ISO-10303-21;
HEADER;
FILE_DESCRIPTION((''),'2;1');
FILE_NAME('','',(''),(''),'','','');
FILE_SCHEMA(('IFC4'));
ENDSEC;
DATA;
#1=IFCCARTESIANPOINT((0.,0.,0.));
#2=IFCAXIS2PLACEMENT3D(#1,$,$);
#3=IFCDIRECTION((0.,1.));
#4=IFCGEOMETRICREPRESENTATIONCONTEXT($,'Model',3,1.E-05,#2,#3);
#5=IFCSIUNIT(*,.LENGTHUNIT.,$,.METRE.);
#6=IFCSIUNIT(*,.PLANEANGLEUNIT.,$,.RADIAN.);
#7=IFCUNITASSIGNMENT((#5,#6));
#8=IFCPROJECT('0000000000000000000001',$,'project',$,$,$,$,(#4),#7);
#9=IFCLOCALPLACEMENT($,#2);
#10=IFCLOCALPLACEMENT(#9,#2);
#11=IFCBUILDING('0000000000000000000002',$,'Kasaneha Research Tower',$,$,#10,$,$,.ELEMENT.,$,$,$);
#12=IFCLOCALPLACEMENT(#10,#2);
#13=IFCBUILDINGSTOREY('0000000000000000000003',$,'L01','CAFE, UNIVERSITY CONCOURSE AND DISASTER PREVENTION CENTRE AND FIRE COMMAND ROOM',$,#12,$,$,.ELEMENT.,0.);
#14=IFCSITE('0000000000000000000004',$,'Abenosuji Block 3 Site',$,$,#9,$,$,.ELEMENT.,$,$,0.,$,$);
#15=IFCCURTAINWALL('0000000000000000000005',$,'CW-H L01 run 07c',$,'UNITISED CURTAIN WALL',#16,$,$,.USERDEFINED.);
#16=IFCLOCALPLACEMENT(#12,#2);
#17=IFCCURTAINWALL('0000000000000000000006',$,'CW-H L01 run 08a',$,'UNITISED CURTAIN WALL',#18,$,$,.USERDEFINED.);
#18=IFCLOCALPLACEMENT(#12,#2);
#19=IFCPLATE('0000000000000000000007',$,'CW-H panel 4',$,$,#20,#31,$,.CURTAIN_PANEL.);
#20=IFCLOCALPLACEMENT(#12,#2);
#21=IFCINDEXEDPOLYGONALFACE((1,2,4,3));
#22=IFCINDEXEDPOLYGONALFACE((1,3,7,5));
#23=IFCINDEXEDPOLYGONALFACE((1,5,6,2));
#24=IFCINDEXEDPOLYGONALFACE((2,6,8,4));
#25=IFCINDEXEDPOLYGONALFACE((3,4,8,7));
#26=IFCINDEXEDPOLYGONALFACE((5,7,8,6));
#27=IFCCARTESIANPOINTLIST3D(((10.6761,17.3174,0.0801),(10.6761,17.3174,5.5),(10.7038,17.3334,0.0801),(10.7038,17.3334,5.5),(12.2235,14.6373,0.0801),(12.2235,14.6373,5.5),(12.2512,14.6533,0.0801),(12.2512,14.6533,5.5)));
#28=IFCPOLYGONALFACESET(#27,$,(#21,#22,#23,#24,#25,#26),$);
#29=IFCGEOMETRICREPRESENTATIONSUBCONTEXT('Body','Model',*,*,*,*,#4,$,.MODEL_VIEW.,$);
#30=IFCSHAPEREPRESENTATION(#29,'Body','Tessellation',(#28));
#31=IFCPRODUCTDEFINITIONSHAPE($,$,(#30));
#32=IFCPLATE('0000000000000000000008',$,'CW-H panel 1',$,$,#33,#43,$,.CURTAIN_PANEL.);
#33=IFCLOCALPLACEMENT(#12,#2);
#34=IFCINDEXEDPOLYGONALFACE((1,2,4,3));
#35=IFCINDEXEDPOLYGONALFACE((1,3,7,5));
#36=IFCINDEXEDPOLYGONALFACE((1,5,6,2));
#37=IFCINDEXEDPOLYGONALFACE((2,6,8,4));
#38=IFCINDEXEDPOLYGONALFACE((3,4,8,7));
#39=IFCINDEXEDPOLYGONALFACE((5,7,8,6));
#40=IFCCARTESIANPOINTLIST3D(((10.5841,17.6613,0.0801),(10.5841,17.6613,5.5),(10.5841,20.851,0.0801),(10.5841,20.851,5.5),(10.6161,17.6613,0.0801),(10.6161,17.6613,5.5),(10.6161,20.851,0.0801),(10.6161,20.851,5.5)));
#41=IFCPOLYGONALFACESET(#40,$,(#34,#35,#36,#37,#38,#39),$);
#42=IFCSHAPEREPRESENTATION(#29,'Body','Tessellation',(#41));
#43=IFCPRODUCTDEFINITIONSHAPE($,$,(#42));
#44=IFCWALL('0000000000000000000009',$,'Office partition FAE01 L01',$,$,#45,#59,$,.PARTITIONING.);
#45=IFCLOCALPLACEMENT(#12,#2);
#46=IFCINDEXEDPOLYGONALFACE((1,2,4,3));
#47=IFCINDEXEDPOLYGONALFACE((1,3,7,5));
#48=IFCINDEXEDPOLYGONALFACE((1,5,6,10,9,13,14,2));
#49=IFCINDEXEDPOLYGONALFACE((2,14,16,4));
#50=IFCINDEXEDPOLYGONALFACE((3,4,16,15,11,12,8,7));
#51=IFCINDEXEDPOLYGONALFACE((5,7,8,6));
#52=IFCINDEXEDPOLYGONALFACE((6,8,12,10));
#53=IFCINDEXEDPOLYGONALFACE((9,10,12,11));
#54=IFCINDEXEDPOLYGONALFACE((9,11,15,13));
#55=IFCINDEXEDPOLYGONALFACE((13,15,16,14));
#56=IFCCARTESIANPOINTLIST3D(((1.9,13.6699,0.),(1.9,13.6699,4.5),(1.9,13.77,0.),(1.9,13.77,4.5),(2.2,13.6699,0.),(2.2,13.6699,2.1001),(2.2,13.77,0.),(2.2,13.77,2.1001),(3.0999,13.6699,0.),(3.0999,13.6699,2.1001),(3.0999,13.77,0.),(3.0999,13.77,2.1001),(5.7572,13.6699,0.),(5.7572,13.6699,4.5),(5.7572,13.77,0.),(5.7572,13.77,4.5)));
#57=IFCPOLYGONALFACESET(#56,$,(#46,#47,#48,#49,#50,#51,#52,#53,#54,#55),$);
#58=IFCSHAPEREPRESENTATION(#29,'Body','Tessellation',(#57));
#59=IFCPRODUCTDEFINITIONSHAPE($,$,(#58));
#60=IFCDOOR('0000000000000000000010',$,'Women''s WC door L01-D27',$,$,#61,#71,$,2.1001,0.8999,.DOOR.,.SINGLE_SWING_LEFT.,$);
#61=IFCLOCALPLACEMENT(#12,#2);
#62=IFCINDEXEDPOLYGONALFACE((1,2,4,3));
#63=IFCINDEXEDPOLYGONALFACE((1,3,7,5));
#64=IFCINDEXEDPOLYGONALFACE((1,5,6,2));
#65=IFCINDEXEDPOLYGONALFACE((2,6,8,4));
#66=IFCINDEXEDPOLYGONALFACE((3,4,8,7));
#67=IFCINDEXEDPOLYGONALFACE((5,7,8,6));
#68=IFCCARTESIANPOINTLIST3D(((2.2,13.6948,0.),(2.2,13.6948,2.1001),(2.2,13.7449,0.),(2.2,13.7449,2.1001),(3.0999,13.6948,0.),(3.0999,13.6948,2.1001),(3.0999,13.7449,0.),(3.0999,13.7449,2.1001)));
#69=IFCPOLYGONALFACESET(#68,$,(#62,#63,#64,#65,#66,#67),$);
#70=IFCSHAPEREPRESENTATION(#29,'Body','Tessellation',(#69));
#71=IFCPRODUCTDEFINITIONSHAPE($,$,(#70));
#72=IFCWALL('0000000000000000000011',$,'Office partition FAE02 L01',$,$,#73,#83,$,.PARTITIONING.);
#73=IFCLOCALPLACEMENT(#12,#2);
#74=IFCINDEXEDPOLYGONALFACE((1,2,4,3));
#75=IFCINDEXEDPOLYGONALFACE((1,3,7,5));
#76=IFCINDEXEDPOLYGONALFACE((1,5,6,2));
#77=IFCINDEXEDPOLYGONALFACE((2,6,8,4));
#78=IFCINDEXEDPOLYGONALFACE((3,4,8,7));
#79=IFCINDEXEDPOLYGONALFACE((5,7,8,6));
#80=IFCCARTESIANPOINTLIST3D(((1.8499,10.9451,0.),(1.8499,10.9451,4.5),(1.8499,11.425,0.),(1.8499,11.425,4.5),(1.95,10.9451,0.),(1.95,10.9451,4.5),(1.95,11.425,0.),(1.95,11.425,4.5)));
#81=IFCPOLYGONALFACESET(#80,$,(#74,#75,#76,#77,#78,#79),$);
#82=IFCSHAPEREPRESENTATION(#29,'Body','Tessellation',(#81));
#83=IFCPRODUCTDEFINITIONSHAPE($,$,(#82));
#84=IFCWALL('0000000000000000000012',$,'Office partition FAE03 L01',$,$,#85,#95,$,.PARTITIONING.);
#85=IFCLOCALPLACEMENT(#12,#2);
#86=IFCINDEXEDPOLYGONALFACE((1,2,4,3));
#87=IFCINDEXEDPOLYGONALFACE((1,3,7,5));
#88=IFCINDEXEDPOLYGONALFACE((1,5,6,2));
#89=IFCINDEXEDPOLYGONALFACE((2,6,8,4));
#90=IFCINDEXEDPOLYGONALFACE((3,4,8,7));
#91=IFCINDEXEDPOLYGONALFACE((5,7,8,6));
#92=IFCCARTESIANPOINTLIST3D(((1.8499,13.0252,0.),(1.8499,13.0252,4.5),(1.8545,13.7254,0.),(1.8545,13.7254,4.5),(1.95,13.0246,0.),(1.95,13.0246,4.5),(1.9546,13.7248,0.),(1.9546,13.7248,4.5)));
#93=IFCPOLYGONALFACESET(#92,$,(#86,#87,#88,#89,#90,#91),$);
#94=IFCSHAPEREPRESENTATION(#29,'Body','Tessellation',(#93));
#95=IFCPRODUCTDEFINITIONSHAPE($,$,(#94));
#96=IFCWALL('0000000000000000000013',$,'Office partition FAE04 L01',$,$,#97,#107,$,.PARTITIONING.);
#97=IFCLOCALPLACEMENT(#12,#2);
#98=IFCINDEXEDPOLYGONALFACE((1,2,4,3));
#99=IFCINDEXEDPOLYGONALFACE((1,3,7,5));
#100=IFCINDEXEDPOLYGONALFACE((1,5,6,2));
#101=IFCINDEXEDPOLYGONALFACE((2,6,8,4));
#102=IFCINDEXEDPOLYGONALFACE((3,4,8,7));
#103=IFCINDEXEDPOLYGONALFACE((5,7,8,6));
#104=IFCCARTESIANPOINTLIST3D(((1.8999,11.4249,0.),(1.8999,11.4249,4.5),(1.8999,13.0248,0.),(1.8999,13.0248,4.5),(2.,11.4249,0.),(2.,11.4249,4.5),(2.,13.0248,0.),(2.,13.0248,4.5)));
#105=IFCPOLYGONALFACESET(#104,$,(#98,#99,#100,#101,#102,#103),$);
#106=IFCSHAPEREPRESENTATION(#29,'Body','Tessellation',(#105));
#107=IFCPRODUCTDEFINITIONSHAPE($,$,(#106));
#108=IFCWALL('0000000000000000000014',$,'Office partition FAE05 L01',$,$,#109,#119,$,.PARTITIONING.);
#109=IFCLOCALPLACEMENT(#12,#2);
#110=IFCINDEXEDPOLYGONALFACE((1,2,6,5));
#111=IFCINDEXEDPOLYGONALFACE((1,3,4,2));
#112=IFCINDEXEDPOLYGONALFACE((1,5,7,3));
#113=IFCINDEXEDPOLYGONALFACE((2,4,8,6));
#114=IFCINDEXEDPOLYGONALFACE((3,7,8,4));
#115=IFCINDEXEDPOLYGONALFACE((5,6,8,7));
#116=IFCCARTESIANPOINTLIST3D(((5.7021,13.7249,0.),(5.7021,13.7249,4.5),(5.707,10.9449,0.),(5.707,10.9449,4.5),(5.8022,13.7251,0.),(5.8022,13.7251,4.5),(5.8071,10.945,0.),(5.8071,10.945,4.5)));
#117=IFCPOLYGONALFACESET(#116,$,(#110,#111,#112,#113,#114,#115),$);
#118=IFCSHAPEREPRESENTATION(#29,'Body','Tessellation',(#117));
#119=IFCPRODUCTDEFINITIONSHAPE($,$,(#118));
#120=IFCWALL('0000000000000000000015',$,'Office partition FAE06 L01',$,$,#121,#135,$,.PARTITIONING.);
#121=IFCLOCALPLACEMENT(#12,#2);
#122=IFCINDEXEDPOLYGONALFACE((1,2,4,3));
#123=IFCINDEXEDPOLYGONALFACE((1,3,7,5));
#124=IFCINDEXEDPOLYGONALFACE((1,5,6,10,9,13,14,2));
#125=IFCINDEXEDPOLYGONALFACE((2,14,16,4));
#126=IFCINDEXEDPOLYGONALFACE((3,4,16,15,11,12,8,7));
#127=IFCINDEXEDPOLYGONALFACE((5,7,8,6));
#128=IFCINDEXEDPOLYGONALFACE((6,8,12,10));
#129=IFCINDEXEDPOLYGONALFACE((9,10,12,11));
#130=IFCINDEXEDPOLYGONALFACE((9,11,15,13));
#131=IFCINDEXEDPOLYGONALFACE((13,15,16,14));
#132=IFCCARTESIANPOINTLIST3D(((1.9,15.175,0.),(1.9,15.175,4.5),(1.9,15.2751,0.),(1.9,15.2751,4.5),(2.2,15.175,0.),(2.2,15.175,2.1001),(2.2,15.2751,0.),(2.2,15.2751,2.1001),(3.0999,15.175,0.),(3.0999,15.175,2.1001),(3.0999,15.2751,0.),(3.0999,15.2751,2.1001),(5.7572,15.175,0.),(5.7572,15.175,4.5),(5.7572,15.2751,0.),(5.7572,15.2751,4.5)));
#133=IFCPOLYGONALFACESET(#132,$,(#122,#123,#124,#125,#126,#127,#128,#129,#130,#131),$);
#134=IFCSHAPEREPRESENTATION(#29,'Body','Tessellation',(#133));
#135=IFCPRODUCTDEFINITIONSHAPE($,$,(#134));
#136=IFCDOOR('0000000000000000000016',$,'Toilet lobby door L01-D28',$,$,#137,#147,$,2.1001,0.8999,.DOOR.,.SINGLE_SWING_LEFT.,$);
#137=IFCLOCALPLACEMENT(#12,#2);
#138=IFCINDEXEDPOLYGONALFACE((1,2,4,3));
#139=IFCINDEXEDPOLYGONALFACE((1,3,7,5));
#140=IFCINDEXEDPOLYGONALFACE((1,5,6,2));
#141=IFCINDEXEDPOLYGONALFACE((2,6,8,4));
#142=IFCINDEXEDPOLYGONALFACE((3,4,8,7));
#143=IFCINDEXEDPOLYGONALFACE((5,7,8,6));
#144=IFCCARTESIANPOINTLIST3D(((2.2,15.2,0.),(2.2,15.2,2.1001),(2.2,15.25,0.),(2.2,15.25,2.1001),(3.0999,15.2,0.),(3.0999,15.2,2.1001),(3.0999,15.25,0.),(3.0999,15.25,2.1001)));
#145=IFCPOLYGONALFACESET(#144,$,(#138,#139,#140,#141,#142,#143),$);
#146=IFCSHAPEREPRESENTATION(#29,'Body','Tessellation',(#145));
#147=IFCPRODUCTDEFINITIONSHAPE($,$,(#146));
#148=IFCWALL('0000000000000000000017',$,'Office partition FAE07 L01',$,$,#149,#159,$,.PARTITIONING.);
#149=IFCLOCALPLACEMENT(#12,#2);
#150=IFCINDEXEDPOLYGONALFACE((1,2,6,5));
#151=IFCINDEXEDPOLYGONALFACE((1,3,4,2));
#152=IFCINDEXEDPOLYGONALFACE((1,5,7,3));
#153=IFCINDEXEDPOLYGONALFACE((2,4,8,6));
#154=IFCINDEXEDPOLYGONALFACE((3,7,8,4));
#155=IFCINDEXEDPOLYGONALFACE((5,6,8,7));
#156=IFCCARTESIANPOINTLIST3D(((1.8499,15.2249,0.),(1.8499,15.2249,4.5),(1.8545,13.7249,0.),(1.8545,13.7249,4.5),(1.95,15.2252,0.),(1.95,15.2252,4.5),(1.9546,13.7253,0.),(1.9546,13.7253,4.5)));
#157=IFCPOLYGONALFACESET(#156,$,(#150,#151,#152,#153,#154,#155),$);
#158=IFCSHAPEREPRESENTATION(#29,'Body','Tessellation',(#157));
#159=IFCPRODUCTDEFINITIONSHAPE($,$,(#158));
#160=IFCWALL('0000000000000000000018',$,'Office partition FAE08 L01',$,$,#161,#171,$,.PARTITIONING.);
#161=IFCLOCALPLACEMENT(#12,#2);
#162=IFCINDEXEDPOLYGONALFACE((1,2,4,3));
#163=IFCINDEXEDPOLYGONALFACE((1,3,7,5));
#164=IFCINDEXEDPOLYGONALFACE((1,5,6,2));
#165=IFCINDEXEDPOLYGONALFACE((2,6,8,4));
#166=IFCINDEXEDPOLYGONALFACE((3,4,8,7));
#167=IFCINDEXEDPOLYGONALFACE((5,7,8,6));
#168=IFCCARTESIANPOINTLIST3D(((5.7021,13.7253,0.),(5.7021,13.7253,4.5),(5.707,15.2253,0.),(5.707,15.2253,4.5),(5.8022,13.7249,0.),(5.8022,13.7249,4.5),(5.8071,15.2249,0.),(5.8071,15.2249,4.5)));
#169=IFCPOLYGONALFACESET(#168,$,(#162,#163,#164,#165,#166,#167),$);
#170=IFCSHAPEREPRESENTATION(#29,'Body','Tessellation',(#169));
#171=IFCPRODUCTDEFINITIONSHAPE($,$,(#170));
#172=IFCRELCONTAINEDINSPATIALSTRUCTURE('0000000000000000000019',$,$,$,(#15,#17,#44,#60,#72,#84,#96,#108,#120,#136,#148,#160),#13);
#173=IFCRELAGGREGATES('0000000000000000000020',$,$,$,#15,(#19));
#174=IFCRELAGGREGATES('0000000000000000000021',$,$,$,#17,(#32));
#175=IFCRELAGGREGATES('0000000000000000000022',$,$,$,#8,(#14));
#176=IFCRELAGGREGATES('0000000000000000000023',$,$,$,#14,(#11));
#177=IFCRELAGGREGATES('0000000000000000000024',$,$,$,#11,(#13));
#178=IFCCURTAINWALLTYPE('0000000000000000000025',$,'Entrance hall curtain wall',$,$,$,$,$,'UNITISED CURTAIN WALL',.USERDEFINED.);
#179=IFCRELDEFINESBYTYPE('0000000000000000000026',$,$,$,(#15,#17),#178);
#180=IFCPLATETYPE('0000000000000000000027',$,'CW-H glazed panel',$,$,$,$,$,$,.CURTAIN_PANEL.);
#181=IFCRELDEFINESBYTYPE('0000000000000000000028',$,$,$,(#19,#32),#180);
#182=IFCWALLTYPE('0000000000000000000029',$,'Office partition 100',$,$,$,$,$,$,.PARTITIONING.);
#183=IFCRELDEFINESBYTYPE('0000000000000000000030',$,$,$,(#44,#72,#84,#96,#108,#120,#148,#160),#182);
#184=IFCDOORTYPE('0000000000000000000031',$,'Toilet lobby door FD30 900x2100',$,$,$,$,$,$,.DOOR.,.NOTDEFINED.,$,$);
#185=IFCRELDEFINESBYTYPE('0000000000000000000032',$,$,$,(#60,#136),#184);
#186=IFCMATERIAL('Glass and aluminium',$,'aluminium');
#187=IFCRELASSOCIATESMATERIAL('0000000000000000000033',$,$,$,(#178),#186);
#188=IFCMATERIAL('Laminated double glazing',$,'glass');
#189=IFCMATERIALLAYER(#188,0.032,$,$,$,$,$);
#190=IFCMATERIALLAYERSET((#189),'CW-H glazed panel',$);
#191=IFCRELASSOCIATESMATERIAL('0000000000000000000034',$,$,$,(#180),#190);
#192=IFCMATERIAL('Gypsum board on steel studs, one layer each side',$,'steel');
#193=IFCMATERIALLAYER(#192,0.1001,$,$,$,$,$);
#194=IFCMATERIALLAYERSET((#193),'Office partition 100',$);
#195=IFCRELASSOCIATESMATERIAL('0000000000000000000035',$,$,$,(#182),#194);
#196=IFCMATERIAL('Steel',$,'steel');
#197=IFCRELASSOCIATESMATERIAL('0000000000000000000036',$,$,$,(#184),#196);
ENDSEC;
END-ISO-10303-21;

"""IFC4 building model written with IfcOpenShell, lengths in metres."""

from ifc_helpers import new_model, si_unit, direction, frame, frame_2d, origin, origin_2d, place, context, subcontext, project, spatial, rectangle, extrude, material, layer, layer_set, type_object, element, fill, aggregate, save


model = new_model("IFC4")

# Units and contexts
model_context = context("Model", 3, precision=1e-05, world=origin(), true_north=direction((0.0, 1.0)))
body_context = subcontext(model_context, "Body", "Model", "MODEL_VIEW")
ifc_project = project(units=[si_unit("LENGTHUNIT", "METRE"), si_unit("PLANEANGLEUNIT", "RADIAN")], contexts=[model_context])

# Site, building, storey
site_placement = place(None, origin())
site = spatial("IfcSite", under=ifc_project, at=site_placement, Name="Abenosuji Block 3 Site", CompositionType="ELEMENT", RefElevation=0.0)
building_placement = place(site_placement, origin())
building = spatial("IfcBuilding", under=site, at=building_placement, Name="Kasaneha Research Tower", CompositionType="ELEMENT")
storey_placement = place(building_placement, origin())
storey = spatial("IfcBuildingStorey", under=building, at=storey_placement, Name="L01", Description="CAFE, UNIVERSITY CONCOURSE AND DISASTER PREVENTION CENTRE AND FIRE COMMAND ROOM", CompositionType="ELEMENT", Elevation=0.0)

# Curtain wall
ifc_material_1 = material(Name="Glass and aluminium", Category="aluminium")
curtain_wall_type = type_object("IfcCurtainWallType", Name="Entrance hall curtain wall", ElementType="UNITISED CURTAIN WALL", PredefinedType="USERDEFINED", material=ifc_material_1)
curtain_wall_1_placement = place(storey_placement, origin())
curtain_wall_1 = element("IfcCurtainWall", 1, at=curtain_wall_1_placement, inside=storey, type_object=curtain_wall_type, Name="CW-H L01 run 07c", ObjectType="UNITISED CURTAIN WALL", PredefinedType="USERDEFINED")

# Curtain wall
curtain_wall_2_placement = place(storey_placement, origin())
curtain_wall_2 = element("IfcCurtainWall", 2, at=curtain_wall_2_placement, inside=storey, type_object=curtain_wall_type, Name="CW-H L01 run 08a", ObjectType="UNITISED CURTAIN WALL", PredefinedType="USERDEFINED")

# Plates
ifc_material_2 = material(Name="Laminated double glazing", Category="glass")
ifc_layer_1 = layer(ifc_material_2, 0.032)
ifc_layer_set_1 = layer_set([ifc_layer_1], Name="CW-H glazed panel")
plate_type = type_object("IfcPlateType", Name="CW-H glazed panel", PredefinedType="CURTAIN_PANEL", material=ifc_layer_set_1)
plate_1_placement = place(storey_placement, frame((11.4636, 15.9854, 0.0801), z_axis=(0.0, 0.0, 1.0), x_axis=(-0.5, 0.866025, 0.0)))
plate_1 = element("IfcPlate", 3, at=plate_1_placement, type_object=plate_type, Name="CW-H panel 4", PredefinedType="CURTAIN_PANEL", context=body_context, shape_type="SweptSolid", body=[
    extrude(rectangle(XDim=3.0947, YDim=0.032, at=origin_2d()), origin(), (0.0, 0.0, 1.0), 5.4199),
])
aggregate(curtain_wall_1, [plate_1])
plate_2_placement = place(storey_placement, frame((10.6001, 19.2561, 0.0801), z_axis=(0.0, 0.0, 1.0), x_axis=(0.0, 1.0, 0.0)))
plate_2 = element("IfcPlate", 4, at=plate_2_placement, type_object=plate_type, Name="CW-H panel 1", PredefinedType="CURTAIN_PANEL", context=body_context, shape_type="SweptSolid", body=[
    extrude(rectangle(XDim=3.1897, YDim=0.032, at=origin_2d()), origin(), (0.0, 0.0, 1.0), 5.4199),
])
aggregate(curtain_wall_2, [plate_2])

# Wall, opening, door
ifc_material_3 = material(Name="Gypsum board on steel studs, one layer each side", Category="steel")
ifc_layer_2 = layer(ifc_material_3, 0.1001)
ifc_layer_set_2 = layer_set([ifc_layer_2], Name="Office partition 100")
wall_type = type_object("IfcWallType", Name="Office partition 100", PredefinedType="PARTITIONING", material=ifc_layer_set_2)
wall_1_placement = place(storey_placement, frame((1.8999, 13.72, 0.0), z_axis=(0.0, 0.0, 1.0), x_axis=(1.0, 0.0, 0.0)))
wall_1 = element("IfcWall", 5, at=wall_1_placement, inside=storey, type_object=wall_type, Name="Office partition FAE01 L01", PredefinedType="PARTITIONING", context=body_context, shape_type="SweptSolid", body=[
    extrude(rectangle(XDim=3.8572, YDim=0.1001, at=frame_2d((1.9287, 0.0))), origin(), (0.0, 0.0, 1.0), 4.5),
])
opening_1_placement = place(wall_1_placement, frame((0.3, 0.0, 0.0)))
opening_1 = element("IfcOpeningElement", 6, at=opening_1_placement, cuts=wall_1, PredefinedType="OPENING", context=body_context, shape_type="SweptSolid", body=[
    extrude(rectangle(XDim=0.8999, YDim=2.1001, at=frame_2d((0.45, 1.05))), frame((0.0, 0.0601, 0.0), z_axis=(0.0, -1.0, 0.0), x_axis=(1.0, 0.0, 0.0)), (0.0, 0.0, 1.0), 0.1201),
])
ifc_material_4 = material(Name="Steel", Category="steel")
door_type = type_object("IfcDoorType", Name="Toilet lobby door FD30 900x2100", OperationType="NOTDEFINED", PredefinedType="DOOR", material=ifc_material_4)
door_1_placement = place(opening_1_placement, origin())
door_1 = element("IfcDoor", 7, at=door_1_placement, inside=storey, type_object=door_type, Name="Women's WC door L01-D27", OperationType="SINGLE_SWING_LEFT", OverallHeight=2.1001, OverallWidth=0.8999, PredefinedType="DOOR", context=body_context, shape_type="SweptSolid", body=[
    extrude(rectangle(XDim=0.8999, YDim=2.1001, at=frame_2d((0.45, 1.05))), frame((0.0, 0.0249, 0.0), z_axis=(0.0, -1.0, 0.0), x_axis=(1.0, 0.0, 0.0)), (0.0, 0.0, 1.0), 0.05),
])
fill(opening_1, door_1)

# Walls
wall_2_placement = place(storey_placement, frame((1.8999, 10.9451, 0.0), z_axis=(0.0, 0.0, 1.0), x_axis=(0.0, 1.0, 0.0)))
element("IfcWall", 8, at=wall_2_placement, inside=storey, type_object=wall_type, Name="Office partition FAE02 L01", PredefinedType="PARTITIONING", context=body_context, shape_type="SweptSolid", body=[
    extrude(rectangle(XDim=0.48, YDim=0.1001, at=frame_2d((0.24, 0.0))), origin(), (0.0, 0.0, 1.0), 4.5),
])
wall_3_placement = place(storey_placement, frame((1.8999, 13.0249, 0.0), z_axis=(0.0, 0.0, 1.0), x_axis=(0.006625, 0.999978, 0.0)))
element("IfcWall", 9, at=wall_3_placement, inside=storey, type_object=wall_type, Name="Office partition FAE03 L01", PredefinedType="PARTITIONING", context=body_context, shape_type="SweptSolid", body=[
    extrude(rectangle(XDim=0.7002, YDim=0.1001, at=frame_2d((0.3501, 0.0))), origin(), (0.0, 0.0, 1.0), 4.5),
])
wall_4_placement = place(storey_placement, frame((1.95, 11.425, 0.0), z_axis=(0.0, 0.0, 1.0), x_axis=(0.0, 1.0, 0.0)))
element("IfcWall", 10, at=wall_4_placement, inside=storey, type_object=wall_type, Name="Office partition FAE04 L01", PredefinedType="PARTITIONING", context=body_context, shape_type="SweptSolid", body=[
    extrude(rectangle(XDim=1.5999, YDim=0.1001, at=frame_2d((0.7998, 0.0))), origin(), (0.0, 0.0, 1.0), 4.5),
])
wall_5_placement = place(storey_placement, frame((5.7522, 13.7251, 0.0), z_axis=(0.0, 0.0, 1.0), x_axis=(0.001756, -0.999998, 0.0)))
element("IfcWall", 11, at=wall_5_placement, inside=storey, type_object=wall_type, Name="Office partition FAE05 L01", PredefinedType="PARTITIONING", context=body_context, shape_type="SweptSolid", body=[
    extrude(rectangle(XDim=2.78, YDim=0.1001, at=frame_2d((1.3901, 0.0))), origin(), (0.0, 0.0, 1.0), 4.5),
])

# Wall, opening, door
wall_6_placement = place(storey_placement, frame((1.8999, 15.2251, 0.0), z_axis=(0.0, 0.0, 1.0), x_axis=(1.0, 0.0, 0.0)))
wall_6 = element("IfcWall", 12, at=wall_6_placement, inside=storey, type_object=wall_type, Name="Office partition FAE06 L01", PredefinedType="PARTITIONING", context=body_context, shape_type="SweptSolid", body=[
    extrude(rectangle(XDim=3.8572, YDim=0.1001, at=frame_2d((1.9287, 0.0))), origin(), (0.0, 0.0, 1.0), 4.5),
])
opening_2_placement = place(wall_6_placement, frame((0.3, 0.0, 0.0)))
opening_2 = element("IfcOpeningElement", 13, at=opening_2_placement, cuts=wall_6, PredefinedType="OPENING", context=body_context, shape_type="SweptSolid", body=[
    extrude(rectangle(XDim=0.8999, YDim=2.1001, at=frame_2d((0.45, 1.05))), frame((0.0, 0.0601, 0.0), z_axis=(0.0, -1.0, 0.0), x_axis=(1.0, 0.0, 0.0)), (0.0, 0.0, 1.0), 0.1201),
])
door_2_placement = place(opening_2_placement, origin())
door_2 = element("IfcDoor", 14, at=door_2_placement, inside=storey, type_object=door_type, Name="Toilet lobby door L01-D28", OperationType="SINGLE_SWING_LEFT", OverallHeight=2.1001, OverallWidth=0.8999, PredefinedType="DOOR", context=body_context, shape_type="SweptSolid", body=[
    extrude(rectangle(XDim=0.8999, YDim=2.1001, at=frame_2d((0.45, 1.05))), frame((0.0, 0.0249, 0.0), z_axis=(0.0, -1.0, 0.0), x_axis=(1.0, 0.0, 0.0)), (0.0, 0.0, 1.0), 0.05),
])
fill(opening_2, door_2)

# Walls
for number, where, z_axis, x_axis, name in (
    (15, (1.9045, 13.7251, 0.0), (0.0, 0.0, 1.0), (-0.003092, 0.999995, 0.0), "Office partition FAE07 L01"),
    (16, (5.7571, 15.2251, 0.0), (0.0, 0.0, 1.0), (-0.003255, -0.999995, 0.0), "Office partition FAE08 L01"),
):
    element("IfcWall", number, at=place(storey_placement, frame(where, z_axis=z_axis, x_axis=x_axis)), inside=storey, type_object=wall_type, Name=name, PredefinedType="PARTITIONING", context=body_context, shape_type="SweptSolid", body=[
        extrude(rectangle(XDim=1.5, YDim=0.1001, at=frame_2d((0.75, 0.0))), origin(), (0.0, 0.0, 1.0), 4.5),
    ])

save(model, "model.ifc")
